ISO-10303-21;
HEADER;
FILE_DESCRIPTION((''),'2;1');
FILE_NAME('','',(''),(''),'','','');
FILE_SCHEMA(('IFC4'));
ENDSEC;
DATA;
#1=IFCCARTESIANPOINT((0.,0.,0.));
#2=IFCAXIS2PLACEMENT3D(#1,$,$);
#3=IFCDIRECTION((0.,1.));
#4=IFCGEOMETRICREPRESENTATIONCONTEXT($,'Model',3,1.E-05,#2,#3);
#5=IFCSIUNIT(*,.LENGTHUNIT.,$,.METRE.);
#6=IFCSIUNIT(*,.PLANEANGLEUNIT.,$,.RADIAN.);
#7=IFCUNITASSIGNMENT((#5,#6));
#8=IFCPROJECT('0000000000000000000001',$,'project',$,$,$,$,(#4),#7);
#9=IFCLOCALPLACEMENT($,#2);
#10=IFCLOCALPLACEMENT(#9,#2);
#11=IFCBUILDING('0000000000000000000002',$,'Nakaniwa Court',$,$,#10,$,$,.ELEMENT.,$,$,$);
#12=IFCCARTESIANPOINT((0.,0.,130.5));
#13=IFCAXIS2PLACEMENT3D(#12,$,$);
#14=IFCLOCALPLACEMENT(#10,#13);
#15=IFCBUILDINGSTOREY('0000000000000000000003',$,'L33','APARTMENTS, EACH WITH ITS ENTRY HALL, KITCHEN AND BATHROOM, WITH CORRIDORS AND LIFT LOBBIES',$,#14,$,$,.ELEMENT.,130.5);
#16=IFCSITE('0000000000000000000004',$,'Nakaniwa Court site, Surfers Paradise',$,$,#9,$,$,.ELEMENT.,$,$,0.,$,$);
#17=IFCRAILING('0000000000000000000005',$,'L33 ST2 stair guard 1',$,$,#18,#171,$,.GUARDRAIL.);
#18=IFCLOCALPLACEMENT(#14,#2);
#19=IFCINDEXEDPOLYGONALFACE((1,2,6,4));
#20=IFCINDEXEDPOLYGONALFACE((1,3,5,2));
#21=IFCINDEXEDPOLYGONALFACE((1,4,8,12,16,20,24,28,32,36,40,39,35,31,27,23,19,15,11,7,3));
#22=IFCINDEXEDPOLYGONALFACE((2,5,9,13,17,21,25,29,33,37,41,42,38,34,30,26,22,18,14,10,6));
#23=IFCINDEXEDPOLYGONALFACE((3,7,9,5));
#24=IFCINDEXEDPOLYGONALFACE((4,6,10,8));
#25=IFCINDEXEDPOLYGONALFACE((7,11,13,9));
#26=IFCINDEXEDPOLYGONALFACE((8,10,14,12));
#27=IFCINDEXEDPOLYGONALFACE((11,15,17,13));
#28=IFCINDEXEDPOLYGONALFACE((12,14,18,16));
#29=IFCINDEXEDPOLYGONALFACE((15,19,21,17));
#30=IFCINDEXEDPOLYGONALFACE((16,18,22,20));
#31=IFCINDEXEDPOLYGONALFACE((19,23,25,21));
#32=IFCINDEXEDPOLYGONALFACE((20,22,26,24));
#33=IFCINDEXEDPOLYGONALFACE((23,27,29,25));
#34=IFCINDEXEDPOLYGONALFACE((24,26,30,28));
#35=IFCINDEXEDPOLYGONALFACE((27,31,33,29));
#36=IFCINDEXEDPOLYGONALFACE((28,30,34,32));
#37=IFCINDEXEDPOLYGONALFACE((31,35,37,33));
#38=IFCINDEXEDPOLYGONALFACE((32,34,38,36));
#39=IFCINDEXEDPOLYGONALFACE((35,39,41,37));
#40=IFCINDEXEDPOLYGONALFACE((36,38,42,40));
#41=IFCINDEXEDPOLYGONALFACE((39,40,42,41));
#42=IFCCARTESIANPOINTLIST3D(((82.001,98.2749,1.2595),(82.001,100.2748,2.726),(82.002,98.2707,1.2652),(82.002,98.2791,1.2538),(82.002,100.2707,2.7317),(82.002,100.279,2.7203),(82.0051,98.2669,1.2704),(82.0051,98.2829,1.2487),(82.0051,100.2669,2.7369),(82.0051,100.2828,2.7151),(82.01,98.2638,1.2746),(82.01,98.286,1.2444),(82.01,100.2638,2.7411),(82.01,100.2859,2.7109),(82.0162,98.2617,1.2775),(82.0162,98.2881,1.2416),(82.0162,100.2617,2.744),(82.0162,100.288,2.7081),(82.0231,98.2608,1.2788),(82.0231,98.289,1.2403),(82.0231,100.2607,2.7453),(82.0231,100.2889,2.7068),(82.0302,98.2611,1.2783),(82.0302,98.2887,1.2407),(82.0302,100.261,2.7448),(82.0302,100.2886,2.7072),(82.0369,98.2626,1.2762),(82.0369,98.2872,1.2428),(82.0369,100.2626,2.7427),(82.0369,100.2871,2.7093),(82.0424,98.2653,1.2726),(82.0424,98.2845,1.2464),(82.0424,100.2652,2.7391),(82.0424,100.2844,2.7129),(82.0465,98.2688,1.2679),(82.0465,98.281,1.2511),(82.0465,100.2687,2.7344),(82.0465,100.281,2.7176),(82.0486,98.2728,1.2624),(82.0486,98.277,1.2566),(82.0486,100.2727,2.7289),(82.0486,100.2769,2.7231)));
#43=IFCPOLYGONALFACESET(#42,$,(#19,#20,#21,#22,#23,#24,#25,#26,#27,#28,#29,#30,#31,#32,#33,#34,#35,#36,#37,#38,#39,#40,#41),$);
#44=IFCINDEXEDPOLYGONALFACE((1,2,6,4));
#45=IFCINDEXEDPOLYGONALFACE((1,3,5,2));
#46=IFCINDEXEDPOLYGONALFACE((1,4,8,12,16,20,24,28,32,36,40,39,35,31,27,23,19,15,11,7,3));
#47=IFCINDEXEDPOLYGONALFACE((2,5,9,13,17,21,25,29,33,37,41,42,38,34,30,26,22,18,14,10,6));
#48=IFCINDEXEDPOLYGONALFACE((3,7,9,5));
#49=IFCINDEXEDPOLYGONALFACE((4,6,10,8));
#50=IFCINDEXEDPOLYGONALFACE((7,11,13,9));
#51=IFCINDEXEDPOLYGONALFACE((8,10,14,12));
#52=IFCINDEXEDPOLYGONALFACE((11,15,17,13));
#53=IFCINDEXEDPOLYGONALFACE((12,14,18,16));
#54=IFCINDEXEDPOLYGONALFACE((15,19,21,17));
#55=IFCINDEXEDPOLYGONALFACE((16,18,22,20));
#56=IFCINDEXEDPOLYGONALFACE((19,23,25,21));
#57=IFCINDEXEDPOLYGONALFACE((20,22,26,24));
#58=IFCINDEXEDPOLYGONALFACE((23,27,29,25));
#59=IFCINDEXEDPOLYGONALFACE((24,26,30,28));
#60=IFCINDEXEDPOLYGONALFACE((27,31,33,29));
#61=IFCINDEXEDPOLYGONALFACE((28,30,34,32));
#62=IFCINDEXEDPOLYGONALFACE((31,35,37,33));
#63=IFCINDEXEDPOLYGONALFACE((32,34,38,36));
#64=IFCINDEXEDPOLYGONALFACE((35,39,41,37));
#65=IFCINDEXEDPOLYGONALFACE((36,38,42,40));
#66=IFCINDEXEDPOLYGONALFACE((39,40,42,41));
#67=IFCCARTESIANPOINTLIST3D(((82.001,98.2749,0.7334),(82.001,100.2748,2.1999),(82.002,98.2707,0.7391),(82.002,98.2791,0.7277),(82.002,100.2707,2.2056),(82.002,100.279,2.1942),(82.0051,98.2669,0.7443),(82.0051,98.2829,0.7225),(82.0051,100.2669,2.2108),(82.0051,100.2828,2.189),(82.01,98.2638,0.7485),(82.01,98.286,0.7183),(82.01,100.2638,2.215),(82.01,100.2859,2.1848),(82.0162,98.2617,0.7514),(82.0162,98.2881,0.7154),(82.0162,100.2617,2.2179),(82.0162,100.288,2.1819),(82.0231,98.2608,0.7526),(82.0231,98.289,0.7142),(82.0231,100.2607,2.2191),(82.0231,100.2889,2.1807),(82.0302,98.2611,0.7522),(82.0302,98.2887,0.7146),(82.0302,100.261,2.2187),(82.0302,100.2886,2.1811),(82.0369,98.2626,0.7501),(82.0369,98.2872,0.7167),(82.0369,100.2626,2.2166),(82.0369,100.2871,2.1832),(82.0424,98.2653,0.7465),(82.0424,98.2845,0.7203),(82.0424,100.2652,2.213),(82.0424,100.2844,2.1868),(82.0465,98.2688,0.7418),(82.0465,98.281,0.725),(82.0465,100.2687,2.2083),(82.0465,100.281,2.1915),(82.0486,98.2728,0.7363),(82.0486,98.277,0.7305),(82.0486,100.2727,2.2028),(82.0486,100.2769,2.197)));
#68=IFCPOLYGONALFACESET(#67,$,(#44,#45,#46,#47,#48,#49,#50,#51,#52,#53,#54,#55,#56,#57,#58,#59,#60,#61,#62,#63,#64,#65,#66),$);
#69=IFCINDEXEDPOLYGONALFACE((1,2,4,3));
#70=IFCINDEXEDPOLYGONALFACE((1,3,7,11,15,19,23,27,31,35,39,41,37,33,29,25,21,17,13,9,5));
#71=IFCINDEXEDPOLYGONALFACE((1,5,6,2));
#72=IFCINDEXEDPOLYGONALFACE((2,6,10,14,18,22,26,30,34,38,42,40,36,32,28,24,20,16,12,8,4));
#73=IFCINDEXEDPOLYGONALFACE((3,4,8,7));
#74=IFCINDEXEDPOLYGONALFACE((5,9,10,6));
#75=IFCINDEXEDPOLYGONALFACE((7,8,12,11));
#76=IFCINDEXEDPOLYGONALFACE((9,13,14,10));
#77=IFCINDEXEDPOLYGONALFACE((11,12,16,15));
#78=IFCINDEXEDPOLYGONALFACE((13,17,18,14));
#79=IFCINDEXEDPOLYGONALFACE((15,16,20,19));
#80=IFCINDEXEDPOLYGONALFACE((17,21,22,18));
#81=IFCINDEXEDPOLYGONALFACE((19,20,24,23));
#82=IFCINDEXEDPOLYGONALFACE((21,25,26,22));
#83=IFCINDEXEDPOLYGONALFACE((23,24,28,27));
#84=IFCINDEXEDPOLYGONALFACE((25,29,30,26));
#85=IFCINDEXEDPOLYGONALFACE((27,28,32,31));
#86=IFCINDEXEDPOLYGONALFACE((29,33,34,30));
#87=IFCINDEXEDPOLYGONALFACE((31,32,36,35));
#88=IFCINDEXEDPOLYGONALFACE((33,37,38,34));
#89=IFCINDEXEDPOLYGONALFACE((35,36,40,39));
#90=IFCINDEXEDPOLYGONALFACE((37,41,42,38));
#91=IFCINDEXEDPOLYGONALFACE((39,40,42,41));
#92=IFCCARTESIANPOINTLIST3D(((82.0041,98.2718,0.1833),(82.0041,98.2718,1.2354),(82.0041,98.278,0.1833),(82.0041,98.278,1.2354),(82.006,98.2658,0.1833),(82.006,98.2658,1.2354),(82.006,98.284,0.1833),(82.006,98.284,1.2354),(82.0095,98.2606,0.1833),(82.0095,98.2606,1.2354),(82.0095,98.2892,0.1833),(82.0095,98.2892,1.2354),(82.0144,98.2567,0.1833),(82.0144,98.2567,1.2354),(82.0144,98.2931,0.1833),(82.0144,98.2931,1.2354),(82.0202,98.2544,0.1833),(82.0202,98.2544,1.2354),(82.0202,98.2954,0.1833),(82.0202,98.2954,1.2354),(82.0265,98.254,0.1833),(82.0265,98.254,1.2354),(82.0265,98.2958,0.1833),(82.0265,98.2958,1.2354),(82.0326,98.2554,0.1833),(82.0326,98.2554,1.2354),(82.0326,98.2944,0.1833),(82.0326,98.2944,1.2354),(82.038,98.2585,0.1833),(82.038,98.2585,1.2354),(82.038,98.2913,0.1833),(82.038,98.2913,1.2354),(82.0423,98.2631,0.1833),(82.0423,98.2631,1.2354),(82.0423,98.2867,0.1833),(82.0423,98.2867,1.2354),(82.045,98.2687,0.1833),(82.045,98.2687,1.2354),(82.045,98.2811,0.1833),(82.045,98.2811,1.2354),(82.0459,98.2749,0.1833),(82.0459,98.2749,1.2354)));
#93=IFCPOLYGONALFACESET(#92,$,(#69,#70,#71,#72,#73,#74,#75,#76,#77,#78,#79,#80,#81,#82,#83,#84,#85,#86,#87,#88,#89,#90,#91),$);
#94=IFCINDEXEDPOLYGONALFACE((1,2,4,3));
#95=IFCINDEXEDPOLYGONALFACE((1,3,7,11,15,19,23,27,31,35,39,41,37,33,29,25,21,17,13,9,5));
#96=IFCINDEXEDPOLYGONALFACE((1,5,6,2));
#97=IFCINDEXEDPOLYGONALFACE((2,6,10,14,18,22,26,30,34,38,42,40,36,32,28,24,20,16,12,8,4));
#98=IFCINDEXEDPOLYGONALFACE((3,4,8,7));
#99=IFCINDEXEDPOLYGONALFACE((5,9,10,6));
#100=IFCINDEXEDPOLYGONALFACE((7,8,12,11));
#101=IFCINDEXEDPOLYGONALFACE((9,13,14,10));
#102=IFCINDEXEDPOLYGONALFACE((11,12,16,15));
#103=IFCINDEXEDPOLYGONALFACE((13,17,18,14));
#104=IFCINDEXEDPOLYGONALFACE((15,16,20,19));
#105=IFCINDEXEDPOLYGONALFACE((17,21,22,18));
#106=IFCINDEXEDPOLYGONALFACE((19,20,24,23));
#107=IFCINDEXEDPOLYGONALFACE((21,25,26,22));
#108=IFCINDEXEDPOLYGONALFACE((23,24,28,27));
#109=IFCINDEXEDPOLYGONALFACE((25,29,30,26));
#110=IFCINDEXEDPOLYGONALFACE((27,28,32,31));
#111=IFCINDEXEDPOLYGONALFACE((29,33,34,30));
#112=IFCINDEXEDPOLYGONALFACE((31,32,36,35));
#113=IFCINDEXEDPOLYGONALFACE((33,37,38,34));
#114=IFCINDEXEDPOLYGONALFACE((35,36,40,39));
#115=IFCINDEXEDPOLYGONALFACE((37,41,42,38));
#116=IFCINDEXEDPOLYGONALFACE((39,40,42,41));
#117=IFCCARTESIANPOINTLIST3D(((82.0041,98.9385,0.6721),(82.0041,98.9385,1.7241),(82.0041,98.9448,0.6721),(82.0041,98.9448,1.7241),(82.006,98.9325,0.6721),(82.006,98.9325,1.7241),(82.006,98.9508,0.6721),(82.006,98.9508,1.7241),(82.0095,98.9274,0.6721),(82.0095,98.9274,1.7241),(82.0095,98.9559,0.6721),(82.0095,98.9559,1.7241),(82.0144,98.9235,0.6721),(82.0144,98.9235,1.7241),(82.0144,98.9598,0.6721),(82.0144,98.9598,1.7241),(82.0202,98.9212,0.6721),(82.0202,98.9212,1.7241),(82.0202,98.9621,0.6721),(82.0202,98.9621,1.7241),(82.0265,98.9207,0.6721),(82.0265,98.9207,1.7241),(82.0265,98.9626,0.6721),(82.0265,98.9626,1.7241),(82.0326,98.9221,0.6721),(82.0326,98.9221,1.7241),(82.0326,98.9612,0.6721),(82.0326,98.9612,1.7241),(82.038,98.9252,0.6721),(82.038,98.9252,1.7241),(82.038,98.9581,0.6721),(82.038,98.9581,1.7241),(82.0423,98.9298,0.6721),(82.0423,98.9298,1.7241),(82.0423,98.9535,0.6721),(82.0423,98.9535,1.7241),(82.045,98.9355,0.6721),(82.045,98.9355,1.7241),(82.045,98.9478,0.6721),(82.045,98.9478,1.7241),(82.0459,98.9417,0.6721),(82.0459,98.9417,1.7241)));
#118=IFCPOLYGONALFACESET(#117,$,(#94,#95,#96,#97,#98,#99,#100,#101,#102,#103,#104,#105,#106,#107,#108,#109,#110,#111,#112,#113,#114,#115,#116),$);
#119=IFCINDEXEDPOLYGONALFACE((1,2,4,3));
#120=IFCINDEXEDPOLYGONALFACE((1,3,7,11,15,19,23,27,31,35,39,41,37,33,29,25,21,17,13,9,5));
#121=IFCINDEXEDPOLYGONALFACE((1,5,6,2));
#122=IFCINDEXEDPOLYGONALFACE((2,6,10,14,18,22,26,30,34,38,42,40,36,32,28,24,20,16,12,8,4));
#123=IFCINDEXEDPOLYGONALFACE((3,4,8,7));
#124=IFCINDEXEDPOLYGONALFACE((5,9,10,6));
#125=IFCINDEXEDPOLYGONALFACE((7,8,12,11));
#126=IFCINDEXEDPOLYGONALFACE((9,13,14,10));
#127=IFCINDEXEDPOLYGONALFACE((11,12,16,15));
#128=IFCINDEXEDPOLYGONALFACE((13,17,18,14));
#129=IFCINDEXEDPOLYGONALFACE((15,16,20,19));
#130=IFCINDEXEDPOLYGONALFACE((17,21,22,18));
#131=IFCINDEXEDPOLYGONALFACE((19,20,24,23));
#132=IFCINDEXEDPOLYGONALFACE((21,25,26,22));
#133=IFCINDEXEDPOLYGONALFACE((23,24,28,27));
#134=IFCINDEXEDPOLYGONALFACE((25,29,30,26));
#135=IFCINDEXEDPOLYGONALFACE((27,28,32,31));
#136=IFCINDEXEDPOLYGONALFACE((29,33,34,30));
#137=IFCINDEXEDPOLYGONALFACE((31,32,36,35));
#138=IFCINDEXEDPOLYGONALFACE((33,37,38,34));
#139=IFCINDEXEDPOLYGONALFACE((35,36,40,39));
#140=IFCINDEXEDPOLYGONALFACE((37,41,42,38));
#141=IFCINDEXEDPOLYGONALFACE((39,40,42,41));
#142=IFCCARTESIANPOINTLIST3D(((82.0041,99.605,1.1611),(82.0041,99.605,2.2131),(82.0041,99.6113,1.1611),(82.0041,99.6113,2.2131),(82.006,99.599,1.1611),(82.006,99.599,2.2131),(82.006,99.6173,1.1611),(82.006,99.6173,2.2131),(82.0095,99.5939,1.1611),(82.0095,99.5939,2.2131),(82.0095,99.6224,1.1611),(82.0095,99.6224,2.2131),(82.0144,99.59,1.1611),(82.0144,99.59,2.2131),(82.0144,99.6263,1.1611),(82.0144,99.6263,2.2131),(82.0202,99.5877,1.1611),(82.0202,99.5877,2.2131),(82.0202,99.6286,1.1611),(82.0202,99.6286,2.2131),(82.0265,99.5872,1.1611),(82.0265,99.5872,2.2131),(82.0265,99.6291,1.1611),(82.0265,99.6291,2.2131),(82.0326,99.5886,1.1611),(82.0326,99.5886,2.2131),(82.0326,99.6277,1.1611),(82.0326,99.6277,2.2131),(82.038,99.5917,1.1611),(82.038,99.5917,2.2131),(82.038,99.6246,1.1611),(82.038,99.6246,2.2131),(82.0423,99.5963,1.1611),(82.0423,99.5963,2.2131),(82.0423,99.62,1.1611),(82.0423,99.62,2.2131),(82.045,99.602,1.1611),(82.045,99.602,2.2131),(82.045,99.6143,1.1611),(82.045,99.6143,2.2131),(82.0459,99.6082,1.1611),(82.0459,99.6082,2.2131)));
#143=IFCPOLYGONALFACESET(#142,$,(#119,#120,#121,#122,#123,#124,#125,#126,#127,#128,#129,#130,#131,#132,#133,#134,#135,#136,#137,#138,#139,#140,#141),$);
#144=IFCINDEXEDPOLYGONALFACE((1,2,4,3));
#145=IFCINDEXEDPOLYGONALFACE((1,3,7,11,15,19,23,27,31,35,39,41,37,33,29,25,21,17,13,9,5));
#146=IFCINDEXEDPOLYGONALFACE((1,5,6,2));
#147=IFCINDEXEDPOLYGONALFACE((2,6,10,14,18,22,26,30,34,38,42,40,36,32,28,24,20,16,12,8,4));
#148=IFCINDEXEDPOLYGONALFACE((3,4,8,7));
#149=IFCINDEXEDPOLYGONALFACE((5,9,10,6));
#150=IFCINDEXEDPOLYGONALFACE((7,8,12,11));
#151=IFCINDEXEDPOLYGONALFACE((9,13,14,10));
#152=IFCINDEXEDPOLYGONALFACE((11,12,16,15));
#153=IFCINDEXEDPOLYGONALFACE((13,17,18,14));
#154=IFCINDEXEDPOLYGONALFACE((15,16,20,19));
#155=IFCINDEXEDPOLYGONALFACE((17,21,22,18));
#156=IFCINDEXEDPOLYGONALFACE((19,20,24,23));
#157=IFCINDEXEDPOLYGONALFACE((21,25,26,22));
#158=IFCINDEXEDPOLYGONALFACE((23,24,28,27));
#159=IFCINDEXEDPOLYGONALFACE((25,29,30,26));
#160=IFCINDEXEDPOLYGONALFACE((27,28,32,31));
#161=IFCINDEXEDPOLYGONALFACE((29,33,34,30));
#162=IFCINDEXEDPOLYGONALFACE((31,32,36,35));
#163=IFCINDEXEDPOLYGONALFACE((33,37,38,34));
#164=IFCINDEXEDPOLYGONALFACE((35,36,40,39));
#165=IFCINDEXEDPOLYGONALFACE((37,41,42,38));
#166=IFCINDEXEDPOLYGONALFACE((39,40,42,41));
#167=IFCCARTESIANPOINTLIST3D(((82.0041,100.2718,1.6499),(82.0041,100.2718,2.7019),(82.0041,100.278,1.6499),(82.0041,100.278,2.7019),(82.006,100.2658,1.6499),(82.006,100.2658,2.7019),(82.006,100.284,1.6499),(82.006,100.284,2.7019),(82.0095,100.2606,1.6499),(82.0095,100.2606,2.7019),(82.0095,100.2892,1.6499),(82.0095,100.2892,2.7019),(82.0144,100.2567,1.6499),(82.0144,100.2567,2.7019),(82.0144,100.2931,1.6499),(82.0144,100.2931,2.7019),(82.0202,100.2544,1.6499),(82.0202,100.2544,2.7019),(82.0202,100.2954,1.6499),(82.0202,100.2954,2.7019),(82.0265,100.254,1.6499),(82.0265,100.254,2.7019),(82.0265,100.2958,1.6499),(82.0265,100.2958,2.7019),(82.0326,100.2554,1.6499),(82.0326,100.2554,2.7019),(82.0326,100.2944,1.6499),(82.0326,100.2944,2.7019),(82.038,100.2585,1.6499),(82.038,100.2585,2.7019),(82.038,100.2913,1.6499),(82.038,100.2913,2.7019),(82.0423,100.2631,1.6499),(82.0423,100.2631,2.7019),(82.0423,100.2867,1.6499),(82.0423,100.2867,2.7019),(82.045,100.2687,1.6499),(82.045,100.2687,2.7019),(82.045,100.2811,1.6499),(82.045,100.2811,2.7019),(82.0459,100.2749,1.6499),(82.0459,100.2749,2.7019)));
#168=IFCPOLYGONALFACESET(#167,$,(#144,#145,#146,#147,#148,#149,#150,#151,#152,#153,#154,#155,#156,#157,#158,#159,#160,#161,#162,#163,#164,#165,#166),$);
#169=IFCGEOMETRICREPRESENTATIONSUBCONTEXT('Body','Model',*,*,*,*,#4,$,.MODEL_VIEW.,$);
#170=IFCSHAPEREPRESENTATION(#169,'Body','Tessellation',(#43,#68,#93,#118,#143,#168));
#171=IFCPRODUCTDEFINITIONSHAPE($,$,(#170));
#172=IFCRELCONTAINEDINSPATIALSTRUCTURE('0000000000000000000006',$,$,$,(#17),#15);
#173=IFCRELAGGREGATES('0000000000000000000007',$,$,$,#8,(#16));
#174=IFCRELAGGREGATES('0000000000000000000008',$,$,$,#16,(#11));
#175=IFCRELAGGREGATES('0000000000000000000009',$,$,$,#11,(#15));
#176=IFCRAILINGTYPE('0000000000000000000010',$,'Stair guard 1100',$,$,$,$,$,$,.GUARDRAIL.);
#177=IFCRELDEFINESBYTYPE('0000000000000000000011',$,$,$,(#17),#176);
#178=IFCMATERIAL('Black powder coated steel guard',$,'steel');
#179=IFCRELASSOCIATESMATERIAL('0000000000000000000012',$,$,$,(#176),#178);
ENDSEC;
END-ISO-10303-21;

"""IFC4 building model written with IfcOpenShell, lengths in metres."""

from ifc_helpers import new_model, si_unit, direction, frame, origin, origin_2d, place, context, subcontext, project, spatial, circle, extrude, material, type_object, element, save


model = new_model("IFC4")

# Units and contexts
model_context = context("Model", 3, precision=1e-05, world=origin(), true_north=direction((0.0, 1.0)))
body_context = subcontext(model_context, "Body", "Model", "MODEL_VIEW")
ifc_project = project(units=[si_unit("LENGTHUNIT", "METRE"), si_unit("PLANEANGLEUNIT", "RADIAN")], contexts=[model_context])

# Site, building, storey
site_placement = place(None, origin())
site = spatial("IfcSite", under=ifc_project, at=site_placement, Name="Nakaniwa Court site, Surfers Paradise", CompositionType="ELEMENT", RefElevation=0.0)
building_placement = place(site_placement, origin())
building = spatial("IfcBuilding", under=site, at=building_placement, Name="Nakaniwa Court", CompositionType="ELEMENT")
storey_placement = place(building_placement, frame((0.0, 0.0, 130.5)))
storey = spatial("IfcBuildingStorey", under=building, at=storey_placement, Name="L33", Description="APARTMENTS, EACH WITH ITS ENTRY HALL, KITCHEN AND BATHROOM, WITH CORRIDORS AND LIFT LOBBIES", CompositionType="ELEMENT", Elevation=130.5)

# Railing
ifc_material_1 = material(Name="Black powder coated steel guard", Category="steel")
railing_type_1 = type_object("IfcRailingType", Name="Stair guard 1100", PredefinedType="GUARDRAIL", material=ifc_material_1)
railing_1_placement = place(storey_placement, frame((82.0249, 98.2749, 0.1833)))
element("IfcRailing", 1, at=railing_1_placement, inside=storey, type_object=railing_type_1, Name="L33 ST2 stair guard 1", PredefinedType="GUARDRAIL", context=body_context, shape_type="SweptSolid", body=[
    extrude(circle(Radius=0.0239, at=origin_2d()), frame((0.0, 0.0, 1.0762), z_axis=(0.0, 0.806427, 0.591334), x_axis=(-1.0, 0.0, 0.0)), (0.0, 0.0, 1.0), 2.48),
    extrude(circle(Radius=0.0239, at=origin_2d()), frame((0.0, 0.0, 0.55), z_axis=(0.0, 0.806427, 0.591334), x_axis=(-1.0, 0.0, 0.0)), (0.0, 0.0, 1.0), 2.48),
    extrude(circle(Radius=0.021, at=origin_2d()), origin(), (0.0, 0.0, 1.0), 1.052),
    extrude(circle(Radius=0.021, at=origin_2d()), frame((0.0, 0.6667, 0.4888)), (0.0, 0.0, 1.0), 1.052),
    extrude(circle(Radius=0.021, at=origin_2d()), frame((0.0, 1.3333, 0.9778)), (0.0, 0.0, 1.0), 1.052),
    extrude(circle(Radius=0.021, at=origin_2d()), frame((0.0, 2.0, 1.4666)), (0.0, 0.0, 1.0), 1.052),
])

save(model, "model.ifc")
